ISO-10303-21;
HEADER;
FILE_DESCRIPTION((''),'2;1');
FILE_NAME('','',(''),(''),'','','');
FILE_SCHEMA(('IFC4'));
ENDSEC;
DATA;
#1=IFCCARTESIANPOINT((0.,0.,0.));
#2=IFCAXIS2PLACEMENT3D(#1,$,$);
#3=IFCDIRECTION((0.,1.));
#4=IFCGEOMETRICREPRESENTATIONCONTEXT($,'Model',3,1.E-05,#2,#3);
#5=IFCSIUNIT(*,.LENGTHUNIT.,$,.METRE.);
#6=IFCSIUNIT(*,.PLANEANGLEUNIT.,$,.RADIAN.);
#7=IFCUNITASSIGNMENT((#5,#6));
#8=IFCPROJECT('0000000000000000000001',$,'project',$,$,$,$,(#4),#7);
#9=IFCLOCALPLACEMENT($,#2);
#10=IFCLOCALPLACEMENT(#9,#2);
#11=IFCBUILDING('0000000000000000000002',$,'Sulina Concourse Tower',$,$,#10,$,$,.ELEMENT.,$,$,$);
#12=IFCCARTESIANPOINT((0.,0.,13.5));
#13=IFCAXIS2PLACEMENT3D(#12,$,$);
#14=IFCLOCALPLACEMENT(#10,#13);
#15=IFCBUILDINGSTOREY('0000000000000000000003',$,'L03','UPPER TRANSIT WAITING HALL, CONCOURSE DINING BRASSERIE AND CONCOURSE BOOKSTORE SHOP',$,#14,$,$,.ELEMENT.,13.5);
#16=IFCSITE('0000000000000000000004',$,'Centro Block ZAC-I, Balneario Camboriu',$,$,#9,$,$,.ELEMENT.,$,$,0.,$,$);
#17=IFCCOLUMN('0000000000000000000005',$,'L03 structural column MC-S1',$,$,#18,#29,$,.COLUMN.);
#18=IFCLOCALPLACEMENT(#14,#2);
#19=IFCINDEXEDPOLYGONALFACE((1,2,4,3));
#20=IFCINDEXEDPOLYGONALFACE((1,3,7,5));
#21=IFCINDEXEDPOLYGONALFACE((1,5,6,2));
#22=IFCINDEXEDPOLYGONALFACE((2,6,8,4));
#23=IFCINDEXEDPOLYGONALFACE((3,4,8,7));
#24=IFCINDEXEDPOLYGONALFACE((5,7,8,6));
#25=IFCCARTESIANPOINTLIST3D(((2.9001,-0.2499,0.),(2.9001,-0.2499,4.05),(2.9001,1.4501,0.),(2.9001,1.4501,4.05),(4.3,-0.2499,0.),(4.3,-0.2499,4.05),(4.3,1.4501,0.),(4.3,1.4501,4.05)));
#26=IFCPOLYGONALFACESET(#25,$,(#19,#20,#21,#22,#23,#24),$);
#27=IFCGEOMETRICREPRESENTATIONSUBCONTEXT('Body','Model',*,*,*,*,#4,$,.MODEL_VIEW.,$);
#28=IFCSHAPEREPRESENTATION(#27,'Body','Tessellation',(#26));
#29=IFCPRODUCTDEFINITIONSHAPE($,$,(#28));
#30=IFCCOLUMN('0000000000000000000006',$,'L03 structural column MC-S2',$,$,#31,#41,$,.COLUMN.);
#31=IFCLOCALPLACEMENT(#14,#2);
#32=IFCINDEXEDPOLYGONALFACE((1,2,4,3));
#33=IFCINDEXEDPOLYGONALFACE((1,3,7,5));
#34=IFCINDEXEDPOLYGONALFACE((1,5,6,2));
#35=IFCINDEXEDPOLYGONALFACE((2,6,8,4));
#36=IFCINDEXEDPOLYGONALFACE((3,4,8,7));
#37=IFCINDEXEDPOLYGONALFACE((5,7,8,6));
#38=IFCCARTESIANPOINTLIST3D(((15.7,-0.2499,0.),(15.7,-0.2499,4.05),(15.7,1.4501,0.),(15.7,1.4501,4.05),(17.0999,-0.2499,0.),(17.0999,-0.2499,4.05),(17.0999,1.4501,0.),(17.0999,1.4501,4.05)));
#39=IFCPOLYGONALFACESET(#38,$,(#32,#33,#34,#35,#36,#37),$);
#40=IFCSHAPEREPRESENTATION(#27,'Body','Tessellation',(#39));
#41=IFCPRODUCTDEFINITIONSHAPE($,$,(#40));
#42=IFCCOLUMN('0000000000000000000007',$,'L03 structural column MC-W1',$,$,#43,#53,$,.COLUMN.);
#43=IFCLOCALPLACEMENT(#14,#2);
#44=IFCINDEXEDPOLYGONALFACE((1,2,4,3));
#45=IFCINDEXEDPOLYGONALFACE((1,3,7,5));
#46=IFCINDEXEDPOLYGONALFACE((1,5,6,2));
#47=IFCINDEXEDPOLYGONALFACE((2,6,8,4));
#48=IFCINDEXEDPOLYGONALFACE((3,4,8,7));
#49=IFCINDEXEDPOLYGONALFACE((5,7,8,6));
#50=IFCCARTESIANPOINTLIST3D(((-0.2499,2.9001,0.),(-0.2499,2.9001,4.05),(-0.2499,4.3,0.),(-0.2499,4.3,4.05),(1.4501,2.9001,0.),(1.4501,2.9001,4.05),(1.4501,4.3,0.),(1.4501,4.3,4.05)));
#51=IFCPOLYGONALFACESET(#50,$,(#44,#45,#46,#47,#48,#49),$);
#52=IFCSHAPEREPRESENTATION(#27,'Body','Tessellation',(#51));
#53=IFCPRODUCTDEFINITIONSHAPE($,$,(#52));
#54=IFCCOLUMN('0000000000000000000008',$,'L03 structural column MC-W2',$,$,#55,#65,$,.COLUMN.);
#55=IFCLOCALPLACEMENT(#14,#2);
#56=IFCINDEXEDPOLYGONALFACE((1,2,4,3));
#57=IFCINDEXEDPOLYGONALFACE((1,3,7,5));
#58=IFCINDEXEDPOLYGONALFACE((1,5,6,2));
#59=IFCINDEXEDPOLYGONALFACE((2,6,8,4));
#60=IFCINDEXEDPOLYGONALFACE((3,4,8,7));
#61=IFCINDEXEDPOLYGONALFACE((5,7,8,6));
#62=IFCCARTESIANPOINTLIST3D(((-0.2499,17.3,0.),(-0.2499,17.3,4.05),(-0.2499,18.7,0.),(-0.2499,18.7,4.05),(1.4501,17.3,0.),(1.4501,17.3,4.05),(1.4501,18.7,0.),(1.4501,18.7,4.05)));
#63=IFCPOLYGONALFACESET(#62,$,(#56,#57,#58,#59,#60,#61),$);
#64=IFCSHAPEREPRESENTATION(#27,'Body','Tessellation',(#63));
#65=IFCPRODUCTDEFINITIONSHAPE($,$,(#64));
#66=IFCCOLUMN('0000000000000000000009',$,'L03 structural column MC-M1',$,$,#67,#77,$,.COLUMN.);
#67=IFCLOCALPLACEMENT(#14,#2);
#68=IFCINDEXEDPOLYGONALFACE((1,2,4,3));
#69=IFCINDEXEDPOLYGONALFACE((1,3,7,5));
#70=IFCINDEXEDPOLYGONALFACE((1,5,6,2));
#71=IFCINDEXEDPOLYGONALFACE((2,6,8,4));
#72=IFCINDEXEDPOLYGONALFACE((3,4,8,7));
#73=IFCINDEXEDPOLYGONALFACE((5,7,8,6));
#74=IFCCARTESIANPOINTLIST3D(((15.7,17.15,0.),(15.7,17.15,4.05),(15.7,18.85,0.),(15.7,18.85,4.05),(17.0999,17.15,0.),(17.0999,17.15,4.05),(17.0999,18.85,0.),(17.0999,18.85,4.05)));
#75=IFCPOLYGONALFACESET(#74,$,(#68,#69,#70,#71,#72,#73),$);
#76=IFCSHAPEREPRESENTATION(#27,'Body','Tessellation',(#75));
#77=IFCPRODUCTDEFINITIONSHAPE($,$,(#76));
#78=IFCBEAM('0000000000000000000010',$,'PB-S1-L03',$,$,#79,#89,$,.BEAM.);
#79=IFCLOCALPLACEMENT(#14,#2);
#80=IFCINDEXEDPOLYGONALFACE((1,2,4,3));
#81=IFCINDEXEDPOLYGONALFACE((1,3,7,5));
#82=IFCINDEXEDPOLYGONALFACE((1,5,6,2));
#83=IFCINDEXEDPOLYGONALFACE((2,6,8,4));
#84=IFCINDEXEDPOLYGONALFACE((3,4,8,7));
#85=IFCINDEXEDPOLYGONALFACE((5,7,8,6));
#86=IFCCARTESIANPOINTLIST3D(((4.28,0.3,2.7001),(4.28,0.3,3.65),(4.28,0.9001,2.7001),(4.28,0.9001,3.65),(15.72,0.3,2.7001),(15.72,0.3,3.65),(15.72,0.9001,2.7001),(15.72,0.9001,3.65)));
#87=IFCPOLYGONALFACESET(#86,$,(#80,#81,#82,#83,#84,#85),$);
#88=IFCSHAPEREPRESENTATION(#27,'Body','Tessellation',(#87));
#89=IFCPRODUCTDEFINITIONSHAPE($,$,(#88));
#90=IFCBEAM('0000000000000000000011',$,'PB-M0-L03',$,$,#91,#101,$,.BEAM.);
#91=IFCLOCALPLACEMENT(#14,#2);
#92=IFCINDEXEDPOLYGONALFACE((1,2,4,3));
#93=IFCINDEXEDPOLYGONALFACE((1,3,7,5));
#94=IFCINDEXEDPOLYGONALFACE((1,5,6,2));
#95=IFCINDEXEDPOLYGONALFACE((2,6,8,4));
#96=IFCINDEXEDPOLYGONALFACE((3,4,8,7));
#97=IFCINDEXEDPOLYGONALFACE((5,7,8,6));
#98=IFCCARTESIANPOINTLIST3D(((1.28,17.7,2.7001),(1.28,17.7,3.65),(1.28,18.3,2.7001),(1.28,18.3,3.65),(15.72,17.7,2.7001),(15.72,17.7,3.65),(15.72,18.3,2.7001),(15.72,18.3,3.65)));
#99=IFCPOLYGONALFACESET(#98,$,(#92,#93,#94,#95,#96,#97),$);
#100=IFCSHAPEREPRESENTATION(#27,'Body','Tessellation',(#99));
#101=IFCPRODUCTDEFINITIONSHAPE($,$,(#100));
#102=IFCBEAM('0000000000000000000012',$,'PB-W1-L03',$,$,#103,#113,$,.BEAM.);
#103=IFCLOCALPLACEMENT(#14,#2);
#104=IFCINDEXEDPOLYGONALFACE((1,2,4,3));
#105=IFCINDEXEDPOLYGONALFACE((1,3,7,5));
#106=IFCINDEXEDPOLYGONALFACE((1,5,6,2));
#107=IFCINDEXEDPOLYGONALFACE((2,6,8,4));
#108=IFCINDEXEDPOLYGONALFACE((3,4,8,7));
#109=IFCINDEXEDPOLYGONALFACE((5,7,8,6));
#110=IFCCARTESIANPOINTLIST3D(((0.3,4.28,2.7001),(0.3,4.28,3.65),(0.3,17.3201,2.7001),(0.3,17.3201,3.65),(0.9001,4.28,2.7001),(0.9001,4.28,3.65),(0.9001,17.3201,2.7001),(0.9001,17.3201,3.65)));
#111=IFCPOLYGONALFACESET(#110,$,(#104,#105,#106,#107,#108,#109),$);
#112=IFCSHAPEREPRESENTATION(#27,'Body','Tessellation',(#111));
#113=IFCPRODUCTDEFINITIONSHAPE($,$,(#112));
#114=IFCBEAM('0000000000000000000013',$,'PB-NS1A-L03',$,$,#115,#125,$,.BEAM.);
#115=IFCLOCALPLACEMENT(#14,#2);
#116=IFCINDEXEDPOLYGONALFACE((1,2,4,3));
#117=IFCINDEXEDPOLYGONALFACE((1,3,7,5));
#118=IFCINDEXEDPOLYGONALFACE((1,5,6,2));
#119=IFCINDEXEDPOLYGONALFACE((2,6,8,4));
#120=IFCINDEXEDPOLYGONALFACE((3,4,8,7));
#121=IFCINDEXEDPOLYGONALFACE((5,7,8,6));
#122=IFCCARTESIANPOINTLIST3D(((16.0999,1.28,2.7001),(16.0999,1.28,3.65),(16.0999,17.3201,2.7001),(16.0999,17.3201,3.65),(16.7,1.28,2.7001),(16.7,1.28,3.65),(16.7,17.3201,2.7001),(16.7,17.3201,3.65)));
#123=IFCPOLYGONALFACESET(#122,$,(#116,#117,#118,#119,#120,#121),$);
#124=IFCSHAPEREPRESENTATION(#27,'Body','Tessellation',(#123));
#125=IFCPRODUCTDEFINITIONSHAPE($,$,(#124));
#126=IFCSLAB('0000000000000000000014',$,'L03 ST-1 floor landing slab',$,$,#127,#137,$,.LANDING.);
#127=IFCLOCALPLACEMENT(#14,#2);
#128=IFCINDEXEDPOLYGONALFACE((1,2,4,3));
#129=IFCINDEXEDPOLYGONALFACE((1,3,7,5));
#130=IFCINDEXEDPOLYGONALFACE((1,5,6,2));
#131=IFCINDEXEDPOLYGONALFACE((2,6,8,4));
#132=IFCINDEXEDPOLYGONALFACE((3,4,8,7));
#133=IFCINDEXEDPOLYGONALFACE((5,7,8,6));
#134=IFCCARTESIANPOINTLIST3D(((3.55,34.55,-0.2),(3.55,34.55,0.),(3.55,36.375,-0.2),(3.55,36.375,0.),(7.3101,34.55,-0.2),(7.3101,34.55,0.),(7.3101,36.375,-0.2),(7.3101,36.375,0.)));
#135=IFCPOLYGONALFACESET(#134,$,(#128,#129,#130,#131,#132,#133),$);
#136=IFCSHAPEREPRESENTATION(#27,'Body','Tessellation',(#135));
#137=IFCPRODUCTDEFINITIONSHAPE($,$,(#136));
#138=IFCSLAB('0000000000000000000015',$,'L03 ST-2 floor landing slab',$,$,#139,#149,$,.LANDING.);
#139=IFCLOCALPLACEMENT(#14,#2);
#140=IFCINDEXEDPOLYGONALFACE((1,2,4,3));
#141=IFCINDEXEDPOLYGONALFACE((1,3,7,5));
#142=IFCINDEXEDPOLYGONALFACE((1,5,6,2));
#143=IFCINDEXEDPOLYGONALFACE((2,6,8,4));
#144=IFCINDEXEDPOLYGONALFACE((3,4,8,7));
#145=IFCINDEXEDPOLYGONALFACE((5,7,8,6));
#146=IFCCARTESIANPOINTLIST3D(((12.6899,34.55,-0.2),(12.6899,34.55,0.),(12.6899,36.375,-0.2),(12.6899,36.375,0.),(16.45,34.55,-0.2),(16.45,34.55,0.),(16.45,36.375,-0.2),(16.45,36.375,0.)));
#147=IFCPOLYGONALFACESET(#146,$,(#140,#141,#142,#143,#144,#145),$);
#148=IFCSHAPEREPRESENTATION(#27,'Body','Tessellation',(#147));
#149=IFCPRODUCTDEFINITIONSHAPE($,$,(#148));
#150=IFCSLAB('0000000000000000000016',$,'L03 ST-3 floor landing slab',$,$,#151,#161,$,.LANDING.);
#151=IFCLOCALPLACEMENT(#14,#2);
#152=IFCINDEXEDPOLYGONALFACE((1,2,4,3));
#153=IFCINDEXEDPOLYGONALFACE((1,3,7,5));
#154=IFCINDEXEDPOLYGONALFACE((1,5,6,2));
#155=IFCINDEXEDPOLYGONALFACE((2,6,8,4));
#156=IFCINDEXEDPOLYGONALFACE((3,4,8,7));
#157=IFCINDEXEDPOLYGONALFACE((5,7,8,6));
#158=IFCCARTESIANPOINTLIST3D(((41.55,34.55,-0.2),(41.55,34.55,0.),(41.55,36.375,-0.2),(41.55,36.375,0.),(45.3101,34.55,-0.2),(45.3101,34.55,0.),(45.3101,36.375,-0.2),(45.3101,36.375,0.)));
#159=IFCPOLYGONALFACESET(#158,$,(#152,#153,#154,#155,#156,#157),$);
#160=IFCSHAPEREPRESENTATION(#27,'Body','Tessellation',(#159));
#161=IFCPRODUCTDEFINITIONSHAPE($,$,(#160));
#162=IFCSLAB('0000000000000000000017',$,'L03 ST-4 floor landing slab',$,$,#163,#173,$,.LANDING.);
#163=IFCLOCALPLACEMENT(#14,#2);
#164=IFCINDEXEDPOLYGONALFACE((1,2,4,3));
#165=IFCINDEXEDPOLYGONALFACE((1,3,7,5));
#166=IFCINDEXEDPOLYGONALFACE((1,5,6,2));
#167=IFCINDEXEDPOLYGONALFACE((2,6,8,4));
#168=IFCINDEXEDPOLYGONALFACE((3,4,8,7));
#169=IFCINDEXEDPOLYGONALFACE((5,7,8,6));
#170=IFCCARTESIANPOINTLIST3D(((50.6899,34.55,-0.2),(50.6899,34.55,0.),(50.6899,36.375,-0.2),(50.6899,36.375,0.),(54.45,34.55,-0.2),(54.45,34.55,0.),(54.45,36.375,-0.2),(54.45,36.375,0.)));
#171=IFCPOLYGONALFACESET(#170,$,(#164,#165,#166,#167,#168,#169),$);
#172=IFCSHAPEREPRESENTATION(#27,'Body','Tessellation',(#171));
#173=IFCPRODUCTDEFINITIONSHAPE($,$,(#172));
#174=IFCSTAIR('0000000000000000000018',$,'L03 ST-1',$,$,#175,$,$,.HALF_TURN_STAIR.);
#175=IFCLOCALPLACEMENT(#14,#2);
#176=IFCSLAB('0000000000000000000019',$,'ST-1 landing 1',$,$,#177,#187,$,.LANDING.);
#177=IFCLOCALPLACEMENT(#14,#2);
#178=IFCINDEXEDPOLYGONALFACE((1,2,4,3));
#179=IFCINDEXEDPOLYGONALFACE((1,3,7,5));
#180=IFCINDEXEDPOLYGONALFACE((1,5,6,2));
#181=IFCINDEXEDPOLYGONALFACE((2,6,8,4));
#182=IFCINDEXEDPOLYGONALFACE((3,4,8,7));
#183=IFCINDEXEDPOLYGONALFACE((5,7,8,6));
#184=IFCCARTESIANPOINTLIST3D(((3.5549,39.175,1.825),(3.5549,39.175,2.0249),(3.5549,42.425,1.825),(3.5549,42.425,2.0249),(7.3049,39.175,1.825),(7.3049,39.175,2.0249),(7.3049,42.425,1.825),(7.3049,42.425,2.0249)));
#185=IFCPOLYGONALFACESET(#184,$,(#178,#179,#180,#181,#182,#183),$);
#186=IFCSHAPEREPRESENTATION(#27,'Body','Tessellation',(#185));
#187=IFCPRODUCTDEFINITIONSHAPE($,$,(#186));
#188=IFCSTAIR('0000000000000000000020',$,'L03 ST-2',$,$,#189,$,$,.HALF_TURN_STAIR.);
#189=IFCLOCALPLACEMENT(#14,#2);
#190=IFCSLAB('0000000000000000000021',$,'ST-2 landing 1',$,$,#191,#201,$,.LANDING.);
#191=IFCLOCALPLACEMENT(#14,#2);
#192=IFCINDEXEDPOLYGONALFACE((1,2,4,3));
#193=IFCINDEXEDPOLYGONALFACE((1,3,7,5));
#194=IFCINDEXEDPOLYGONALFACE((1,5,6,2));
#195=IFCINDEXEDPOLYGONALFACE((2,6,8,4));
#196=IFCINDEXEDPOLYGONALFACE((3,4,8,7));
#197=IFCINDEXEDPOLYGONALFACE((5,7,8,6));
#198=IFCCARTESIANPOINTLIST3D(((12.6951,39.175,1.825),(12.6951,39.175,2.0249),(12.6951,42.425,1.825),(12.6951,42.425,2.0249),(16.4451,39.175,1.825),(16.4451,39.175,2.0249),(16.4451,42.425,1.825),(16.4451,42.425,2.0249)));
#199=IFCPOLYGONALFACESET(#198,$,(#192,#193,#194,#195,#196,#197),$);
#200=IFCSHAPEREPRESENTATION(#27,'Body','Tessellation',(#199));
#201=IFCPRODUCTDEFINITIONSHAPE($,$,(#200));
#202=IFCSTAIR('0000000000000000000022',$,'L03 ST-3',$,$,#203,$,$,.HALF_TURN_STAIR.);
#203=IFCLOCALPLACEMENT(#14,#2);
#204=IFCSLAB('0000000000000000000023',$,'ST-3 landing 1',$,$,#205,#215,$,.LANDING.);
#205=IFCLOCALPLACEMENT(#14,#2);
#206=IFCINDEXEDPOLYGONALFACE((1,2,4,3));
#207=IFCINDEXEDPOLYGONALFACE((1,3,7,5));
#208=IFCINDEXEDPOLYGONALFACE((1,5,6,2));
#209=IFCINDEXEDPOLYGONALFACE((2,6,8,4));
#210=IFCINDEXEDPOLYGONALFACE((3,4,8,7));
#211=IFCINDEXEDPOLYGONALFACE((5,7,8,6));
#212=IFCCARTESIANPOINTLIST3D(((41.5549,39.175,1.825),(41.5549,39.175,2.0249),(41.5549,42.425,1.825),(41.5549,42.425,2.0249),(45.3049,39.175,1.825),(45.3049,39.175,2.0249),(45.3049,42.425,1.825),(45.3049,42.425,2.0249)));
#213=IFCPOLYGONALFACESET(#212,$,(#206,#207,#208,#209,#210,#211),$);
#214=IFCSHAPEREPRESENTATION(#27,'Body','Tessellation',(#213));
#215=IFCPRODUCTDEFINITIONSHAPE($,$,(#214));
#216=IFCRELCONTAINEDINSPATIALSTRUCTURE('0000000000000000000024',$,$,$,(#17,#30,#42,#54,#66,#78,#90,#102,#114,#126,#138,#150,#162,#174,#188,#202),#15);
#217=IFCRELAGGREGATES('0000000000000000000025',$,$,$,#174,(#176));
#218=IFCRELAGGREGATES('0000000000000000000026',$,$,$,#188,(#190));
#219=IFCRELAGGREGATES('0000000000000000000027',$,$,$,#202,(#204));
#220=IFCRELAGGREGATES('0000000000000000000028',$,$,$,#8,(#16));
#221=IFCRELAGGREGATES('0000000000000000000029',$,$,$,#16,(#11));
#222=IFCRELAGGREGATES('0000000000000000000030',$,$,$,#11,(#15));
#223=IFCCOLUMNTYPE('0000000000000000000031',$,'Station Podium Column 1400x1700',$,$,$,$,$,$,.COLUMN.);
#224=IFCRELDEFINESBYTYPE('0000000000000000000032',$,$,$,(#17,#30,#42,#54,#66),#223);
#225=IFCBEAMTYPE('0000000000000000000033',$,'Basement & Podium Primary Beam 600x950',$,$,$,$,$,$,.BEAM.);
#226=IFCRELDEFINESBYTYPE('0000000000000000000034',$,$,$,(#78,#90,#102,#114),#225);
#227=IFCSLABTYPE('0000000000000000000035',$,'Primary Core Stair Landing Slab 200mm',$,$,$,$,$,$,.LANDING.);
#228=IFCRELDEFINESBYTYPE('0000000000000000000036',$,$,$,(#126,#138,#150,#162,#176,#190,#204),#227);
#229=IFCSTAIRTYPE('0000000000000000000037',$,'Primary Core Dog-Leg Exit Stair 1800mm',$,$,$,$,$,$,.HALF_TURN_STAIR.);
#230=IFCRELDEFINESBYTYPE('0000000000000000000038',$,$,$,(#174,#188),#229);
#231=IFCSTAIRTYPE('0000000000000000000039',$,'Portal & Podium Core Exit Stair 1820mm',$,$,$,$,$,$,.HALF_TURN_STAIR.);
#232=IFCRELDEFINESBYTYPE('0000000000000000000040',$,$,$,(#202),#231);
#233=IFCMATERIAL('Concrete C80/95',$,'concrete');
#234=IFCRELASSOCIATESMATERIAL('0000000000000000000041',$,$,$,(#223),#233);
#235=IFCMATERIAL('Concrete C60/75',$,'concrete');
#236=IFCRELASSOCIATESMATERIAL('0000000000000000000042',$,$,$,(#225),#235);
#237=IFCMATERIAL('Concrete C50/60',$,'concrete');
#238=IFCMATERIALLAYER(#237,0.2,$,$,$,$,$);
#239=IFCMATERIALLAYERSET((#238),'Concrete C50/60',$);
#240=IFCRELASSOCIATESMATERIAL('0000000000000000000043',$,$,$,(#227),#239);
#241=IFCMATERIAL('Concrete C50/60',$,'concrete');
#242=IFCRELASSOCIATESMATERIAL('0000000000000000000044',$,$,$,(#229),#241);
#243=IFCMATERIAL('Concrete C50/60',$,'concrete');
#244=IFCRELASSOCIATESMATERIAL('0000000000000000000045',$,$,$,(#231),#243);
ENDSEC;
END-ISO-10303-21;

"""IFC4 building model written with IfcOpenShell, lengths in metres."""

from ifc_helpers import new_model, si_unit, direction, frame, origin, origin_2d, place, context, subcontext, project, spatial, polyline, rectangle, outline, extrude, material, layer, layer_set, material_profile, profile_set, type_object, element, aggregate, save


model = new_model("IFC4")

# Units and contexts
model_context = context("Model", 3, precision=1e-05, world=origin(), true_north=direction((0.0, 1.0)))
body_context = subcontext(model_context, "Body", "Model", "MODEL_VIEW")
ifc_project = project(units=[si_unit("LENGTHUNIT", "METRE"), si_unit("PLANEANGLEUNIT", "RADIAN")], contexts=[model_context])

# Site, building, storey
site_placement = place(None, origin())
site = spatial("IfcSite", under=ifc_project, at=site_placement, Name="Centro Block ZAC-I, Balneario Camboriu", CompositionType="ELEMENT", RefElevation=0.0)
building_placement = place(site_placement, origin())
building = spatial("IfcBuilding", under=site, at=building_placement, Name="Sulina Concourse Tower", CompositionType="ELEMENT")
storey_placement = place(building_placement, frame((0.0, 0.0, 13.5)))
storey = spatial("IfcBuildingStorey", under=building, at=storey_placement, Name="L03", Description="UPPER TRANSIT WAITING HALL, CONCOURSE DINING BRASSERIE AND CONCOURSE BOOKSTORE SHOP", CompositionType="ELEMENT", Elevation=13.5)

# Columns
ifc_material_1 = material(Name="Concrete C80/95", Category="concrete")
ifc_material_profile_1 = material_profile(ifc_material_1, rectangle(XDim=1.3999, YDim=1.7, at=origin_2d()), Name="RC 1400x1700")
ifc_profile_set_1 = profile_set([ifc_material_profile_1], Name="Concrete C80/95")
column_type = type_object("IfcColumnType", Name="Station Podium Column 1400x1700", PredefinedType="COLUMN", material=ifc_profile_set_1)
for number, where, z_axis, x_axis, name in (
    (1, (3.6001, 0.6001, 0.0), (0.0, 0.0, 1.0), (1.0, 0.0, 0.0), "L03 structural column MC-S1"),
    (2, (16.3999, 0.6001, 0.0), (0.0, 0.0, 1.0), (1.0, 0.0, 0.0), "L03 structural column MC-S2"),
    (3, (0.6001, 3.6001, 0.0), (0.0, 0.0, 1.0), (0.0, 1.0, 0.0), "L03 structural column MC-W1"),
    (4, (0.6001, 18.0, 0.0), (0.0, 0.0, 1.0), (0.0, 1.0, 0.0), "L03 structural column MC-W2"),
    (5, (16.3999, 18.0, 0.0), (0.0, 0.0, 1.0), (1.0, 0.0, 0.0), "L03 structural column MC-M1"),
):
    element("IfcColumn", number, at=place(storey_placement, frame(where, z_axis=z_axis, x_axis=x_axis)), inside=storey, type_object=column_type, Name=name, PredefinedType="COLUMN", context=body_context, shape_type="SweptSolid", body=[
        extrude(rectangle(XDim=1.3999, YDim=1.7, at=origin_2d()), origin(), (0.0, 0.0, 1.0), 4.05),
    ])

# Beams
ifc_material_2 = material(Name="Concrete C60/75", Category="concrete")
ifc_material_profile_2 = material_profile(ifc_material_2, rectangle(XDim=0.6001, YDim=0.95, at=origin_2d()), Name="RC 600x950")
ifc_profile_set_2 = profile_set([ifc_material_profile_2], Name="Concrete C60/75")
beam_type = type_object("IfcBeamType", Name="Basement & Podium Primary Beam 600x950", PredefinedType="BEAM", material=ifc_profile_set_2)
beam_1_placement = place(storey_placement, frame((4.28, 0.6001, 3.175), z_axis=(1.0, 0.0, 0.0), x_axis=(0.0, 1.0, 0.0)))
element("IfcBeam", 6, at=beam_1_placement, inside=storey, type_object=beam_type, Name="PB-S1-L03", PredefinedType="BEAM", context=body_context, shape_type="SweptSolid", body=[
    extrude(rectangle(XDim=0.6001, YDim=0.95, at=origin_2d()), origin(), (0.0, 0.0, 1.0), 11.4399),
])
beam_2_placement = place(storey_placement, frame((1.28, 18.0, 3.175), z_axis=(1.0, 0.0, 0.0), x_axis=(0.0, 1.0, 0.0)))
element("IfcBeam", 7, at=beam_2_placement, inside=storey, type_object=beam_type, Name="PB-M0-L03", PredefinedType="BEAM", context=body_context, shape_type="SweptSolid", body=[
    extrude(rectangle(XDim=0.6001, YDim=0.95, at=origin_2d()), origin(), (0.0, 0.0, 1.0), 14.4399),
])
beam_3_placement = place(storey_placement, frame((0.6001, 4.28, 3.175), z_axis=(0.0, 1.0, 0.0), x_axis=(-1.0, 0.0, 0.0)))
element("IfcBeam", 8, at=beam_3_placement, inside=storey, type_object=beam_type, Name="PB-W1-L03", PredefinedType="BEAM", context=body_context, shape_type="SweptSolid", body=[
    extrude(rectangle(XDim=0.6001, YDim=0.95, at=origin_2d()), origin(), (0.0, 0.0, 1.0), 13.04),
])
beam_4_placement = place(storey_placement, frame((16.3999, 1.28, 3.175), z_axis=(0.0, 1.0, 0.0), x_axis=(-1.0, 0.0, 0.0)))
element("IfcBeam", 9, at=beam_4_placement, inside=storey, type_object=beam_type, Name="PB-NS1A-L03", PredefinedType="BEAM", context=body_context, shape_type="SweptSolid", body=[
    extrude(rectangle(XDim=0.6001, YDim=0.95, at=origin_2d()), origin(), (0.0, 0.0, 1.0), 16.04),
])

# Slabs
ifc_material_3 = material(Name="Concrete C50/60", Category="concrete")
ifc_layer_1 = layer(ifc_material_3, 0.2)
ifc_layer_set_1 = layer_set([ifc_layer_1], Name="Concrete C50/60")
slab_type_1 = type_object("IfcSlabType", Name="Primary Core Stair Landing Slab 200mm", PredefinedType="LANDING", material=ifc_layer_set_1)
slab_1_placement = place(storey_placement, frame((0.0, 0.0, -0.2)))
element("IfcSlab", 10, at=slab_1_placement, inside=storey, type_object=slab_type_1, Name="L03 ST-1 floor landing slab", PredefinedType="LANDING", context=body_context, shape_type="SweptSolid", body=[
    extrude(outline(polyline([(7.3101, 34.55), (7.3101, 36.375), (3.55, 36.375), (3.55, 34.55), (7.3101, 34.55)])), origin(), (0.0, 0.0, 1.0), 0.2),
])
slab_2_placement = place(storey_placement, frame((0.0, 0.0, -0.2)))
element("IfcSlab", 11, at=slab_2_placement, inside=storey, type_object=slab_type_1, Name="L03 ST-2 floor landing slab", PredefinedType="LANDING", context=body_context, shape_type="SweptSolid", body=[
    extrude(outline(polyline([(16.45, 34.55), (16.45, 36.375), (12.6899, 36.375), (12.6899, 34.55), (16.45, 34.55)])), origin(), (0.0, 0.0, 1.0), 0.2),
])
slab_3_placement = place(storey_placement, frame((0.0, 0.0, -0.2)))
element("IfcSlab", 12, at=slab_3_placement, inside=storey, type_object=slab_type_1, Name="L03 ST-3 floor landing slab", PredefinedType="LANDING", context=body_context, shape_type="SweptSolid", body=[
    extrude(outline(polyline([(45.3101, 34.55), (45.3101, 36.375), (41.55, 36.375), (41.55, 34.55), (45.3101, 34.55)])), origin(), (0.0, 0.0, 1.0), 0.2),
])
slab_4_placement = place(storey_placement, frame((0.0, 0.0, -0.2)))
element("IfcSlab", 13, at=slab_4_placement, inside=storey, type_object=slab_type_1, Name="L03 ST-4 floor landing slab", PredefinedType="LANDING", context=body_context, shape_type="SweptSolid", body=[
    extrude(outline(polyline([(54.45, 34.55), (54.45, 36.375), (50.6899, 36.375), (50.6899, 34.55), (54.45, 34.55)])), origin(), (0.0, 0.0, 1.0), 0.2),
])

# Stairs, slabs
ifc_material_4 = material(Name="Concrete C50/60", Category="concrete")
stair_type_1 = type_object("IfcStairType", Name="Primary Core Dog-Leg Exit Stair 1800mm", PredefinedType="HALF_TURN_STAIR", material=ifc_material_4)
stair_1_placement = place(storey_placement, origin())
stair_1 = element("IfcStair", 14, at=stair_1_placement, inside=storey, type_object=stair_type_1, Name="L03 ST-1", PredefinedType="HALF_TURN_STAIR")
slab_5_placement = place(storey_placement, frame((0.0, 0.0, 1.825)))
slab_5 = element("IfcSlab", 15, at=slab_5_placement, type_object=slab_type_1, Name="ST-1 landing 1", PredefinedType="LANDING", context=body_context, shape_type="SweptSolid", body=[
    extrude(outline(polyline([(7.3049, 39.175), (7.3049, 42.425), (3.5549, 42.425), (3.5549, 39.175), (7.3049, 39.175)])), origin(), (0.0, 0.0, 1.0), 0.2),
])
aggregate(stair_1, [slab_5])
stair_2_placement = place(storey_placement, origin())
stair_2 = element("IfcStair", 16, at=stair_2_placement, inside=storey, type_object=stair_type_1, Name="L03 ST-2", PredefinedType="HALF_TURN_STAIR")
slab_6_placement = place(storey_placement, frame((0.0, 0.0, 1.825)))
slab_6 = element("IfcSlab", 17, at=slab_6_placement, type_object=slab_type_1, Name="ST-2 landing 1", PredefinedType="LANDING", context=body_context, shape_type="SweptSolid", body=[
    extrude(outline(polyline([(16.4451, 39.175), (16.4451, 42.425), (12.6951, 42.425), (12.6951, 39.175), (16.4451, 39.175)])), origin(), (0.0, 0.0, 1.0), 0.2),
])
aggregate(stair_2, [slab_6])
ifc_material_5 = material(Name="Concrete C50/60", Category="concrete")
stair_type_2 = type_object("IfcStairType", Name="Portal & Podium Core Exit Stair 1820mm", PredefinedType="HALF_TURN_STAIR", material=ifc_material_5)
stair_3_placement = place(storey_placement, origin())
stair_3 = element("IfcStair", 18, at=stair_3_placement, inside=storey, type_object=stair_type_2, Name="L03 ST-3", PredefinedType="HALF_TURN_STAIR")
slab_7_placement = place(storey_placement, frame((0.0, 0.0, 1.825)))
slab_7 = element("IfcSlab", 19, at=slab_7_placement, type_object=slab_type_1, Name="ST-3 landing 1", PredefinedType="LANDING", context=body_context, shape_type="SweptSolid", body=[
    extrude(outline(polyline([(45.3049, 39.175), (45.3049, 42.425), (41.5549, 42.425), (41.5549, 39.175), (45.3049, 39.175)])), origin(), (0.0, 0.0, 1.0), 0.2),
])
aggregate(stair_3, [slab_7])

save(model, "model.ifc")
